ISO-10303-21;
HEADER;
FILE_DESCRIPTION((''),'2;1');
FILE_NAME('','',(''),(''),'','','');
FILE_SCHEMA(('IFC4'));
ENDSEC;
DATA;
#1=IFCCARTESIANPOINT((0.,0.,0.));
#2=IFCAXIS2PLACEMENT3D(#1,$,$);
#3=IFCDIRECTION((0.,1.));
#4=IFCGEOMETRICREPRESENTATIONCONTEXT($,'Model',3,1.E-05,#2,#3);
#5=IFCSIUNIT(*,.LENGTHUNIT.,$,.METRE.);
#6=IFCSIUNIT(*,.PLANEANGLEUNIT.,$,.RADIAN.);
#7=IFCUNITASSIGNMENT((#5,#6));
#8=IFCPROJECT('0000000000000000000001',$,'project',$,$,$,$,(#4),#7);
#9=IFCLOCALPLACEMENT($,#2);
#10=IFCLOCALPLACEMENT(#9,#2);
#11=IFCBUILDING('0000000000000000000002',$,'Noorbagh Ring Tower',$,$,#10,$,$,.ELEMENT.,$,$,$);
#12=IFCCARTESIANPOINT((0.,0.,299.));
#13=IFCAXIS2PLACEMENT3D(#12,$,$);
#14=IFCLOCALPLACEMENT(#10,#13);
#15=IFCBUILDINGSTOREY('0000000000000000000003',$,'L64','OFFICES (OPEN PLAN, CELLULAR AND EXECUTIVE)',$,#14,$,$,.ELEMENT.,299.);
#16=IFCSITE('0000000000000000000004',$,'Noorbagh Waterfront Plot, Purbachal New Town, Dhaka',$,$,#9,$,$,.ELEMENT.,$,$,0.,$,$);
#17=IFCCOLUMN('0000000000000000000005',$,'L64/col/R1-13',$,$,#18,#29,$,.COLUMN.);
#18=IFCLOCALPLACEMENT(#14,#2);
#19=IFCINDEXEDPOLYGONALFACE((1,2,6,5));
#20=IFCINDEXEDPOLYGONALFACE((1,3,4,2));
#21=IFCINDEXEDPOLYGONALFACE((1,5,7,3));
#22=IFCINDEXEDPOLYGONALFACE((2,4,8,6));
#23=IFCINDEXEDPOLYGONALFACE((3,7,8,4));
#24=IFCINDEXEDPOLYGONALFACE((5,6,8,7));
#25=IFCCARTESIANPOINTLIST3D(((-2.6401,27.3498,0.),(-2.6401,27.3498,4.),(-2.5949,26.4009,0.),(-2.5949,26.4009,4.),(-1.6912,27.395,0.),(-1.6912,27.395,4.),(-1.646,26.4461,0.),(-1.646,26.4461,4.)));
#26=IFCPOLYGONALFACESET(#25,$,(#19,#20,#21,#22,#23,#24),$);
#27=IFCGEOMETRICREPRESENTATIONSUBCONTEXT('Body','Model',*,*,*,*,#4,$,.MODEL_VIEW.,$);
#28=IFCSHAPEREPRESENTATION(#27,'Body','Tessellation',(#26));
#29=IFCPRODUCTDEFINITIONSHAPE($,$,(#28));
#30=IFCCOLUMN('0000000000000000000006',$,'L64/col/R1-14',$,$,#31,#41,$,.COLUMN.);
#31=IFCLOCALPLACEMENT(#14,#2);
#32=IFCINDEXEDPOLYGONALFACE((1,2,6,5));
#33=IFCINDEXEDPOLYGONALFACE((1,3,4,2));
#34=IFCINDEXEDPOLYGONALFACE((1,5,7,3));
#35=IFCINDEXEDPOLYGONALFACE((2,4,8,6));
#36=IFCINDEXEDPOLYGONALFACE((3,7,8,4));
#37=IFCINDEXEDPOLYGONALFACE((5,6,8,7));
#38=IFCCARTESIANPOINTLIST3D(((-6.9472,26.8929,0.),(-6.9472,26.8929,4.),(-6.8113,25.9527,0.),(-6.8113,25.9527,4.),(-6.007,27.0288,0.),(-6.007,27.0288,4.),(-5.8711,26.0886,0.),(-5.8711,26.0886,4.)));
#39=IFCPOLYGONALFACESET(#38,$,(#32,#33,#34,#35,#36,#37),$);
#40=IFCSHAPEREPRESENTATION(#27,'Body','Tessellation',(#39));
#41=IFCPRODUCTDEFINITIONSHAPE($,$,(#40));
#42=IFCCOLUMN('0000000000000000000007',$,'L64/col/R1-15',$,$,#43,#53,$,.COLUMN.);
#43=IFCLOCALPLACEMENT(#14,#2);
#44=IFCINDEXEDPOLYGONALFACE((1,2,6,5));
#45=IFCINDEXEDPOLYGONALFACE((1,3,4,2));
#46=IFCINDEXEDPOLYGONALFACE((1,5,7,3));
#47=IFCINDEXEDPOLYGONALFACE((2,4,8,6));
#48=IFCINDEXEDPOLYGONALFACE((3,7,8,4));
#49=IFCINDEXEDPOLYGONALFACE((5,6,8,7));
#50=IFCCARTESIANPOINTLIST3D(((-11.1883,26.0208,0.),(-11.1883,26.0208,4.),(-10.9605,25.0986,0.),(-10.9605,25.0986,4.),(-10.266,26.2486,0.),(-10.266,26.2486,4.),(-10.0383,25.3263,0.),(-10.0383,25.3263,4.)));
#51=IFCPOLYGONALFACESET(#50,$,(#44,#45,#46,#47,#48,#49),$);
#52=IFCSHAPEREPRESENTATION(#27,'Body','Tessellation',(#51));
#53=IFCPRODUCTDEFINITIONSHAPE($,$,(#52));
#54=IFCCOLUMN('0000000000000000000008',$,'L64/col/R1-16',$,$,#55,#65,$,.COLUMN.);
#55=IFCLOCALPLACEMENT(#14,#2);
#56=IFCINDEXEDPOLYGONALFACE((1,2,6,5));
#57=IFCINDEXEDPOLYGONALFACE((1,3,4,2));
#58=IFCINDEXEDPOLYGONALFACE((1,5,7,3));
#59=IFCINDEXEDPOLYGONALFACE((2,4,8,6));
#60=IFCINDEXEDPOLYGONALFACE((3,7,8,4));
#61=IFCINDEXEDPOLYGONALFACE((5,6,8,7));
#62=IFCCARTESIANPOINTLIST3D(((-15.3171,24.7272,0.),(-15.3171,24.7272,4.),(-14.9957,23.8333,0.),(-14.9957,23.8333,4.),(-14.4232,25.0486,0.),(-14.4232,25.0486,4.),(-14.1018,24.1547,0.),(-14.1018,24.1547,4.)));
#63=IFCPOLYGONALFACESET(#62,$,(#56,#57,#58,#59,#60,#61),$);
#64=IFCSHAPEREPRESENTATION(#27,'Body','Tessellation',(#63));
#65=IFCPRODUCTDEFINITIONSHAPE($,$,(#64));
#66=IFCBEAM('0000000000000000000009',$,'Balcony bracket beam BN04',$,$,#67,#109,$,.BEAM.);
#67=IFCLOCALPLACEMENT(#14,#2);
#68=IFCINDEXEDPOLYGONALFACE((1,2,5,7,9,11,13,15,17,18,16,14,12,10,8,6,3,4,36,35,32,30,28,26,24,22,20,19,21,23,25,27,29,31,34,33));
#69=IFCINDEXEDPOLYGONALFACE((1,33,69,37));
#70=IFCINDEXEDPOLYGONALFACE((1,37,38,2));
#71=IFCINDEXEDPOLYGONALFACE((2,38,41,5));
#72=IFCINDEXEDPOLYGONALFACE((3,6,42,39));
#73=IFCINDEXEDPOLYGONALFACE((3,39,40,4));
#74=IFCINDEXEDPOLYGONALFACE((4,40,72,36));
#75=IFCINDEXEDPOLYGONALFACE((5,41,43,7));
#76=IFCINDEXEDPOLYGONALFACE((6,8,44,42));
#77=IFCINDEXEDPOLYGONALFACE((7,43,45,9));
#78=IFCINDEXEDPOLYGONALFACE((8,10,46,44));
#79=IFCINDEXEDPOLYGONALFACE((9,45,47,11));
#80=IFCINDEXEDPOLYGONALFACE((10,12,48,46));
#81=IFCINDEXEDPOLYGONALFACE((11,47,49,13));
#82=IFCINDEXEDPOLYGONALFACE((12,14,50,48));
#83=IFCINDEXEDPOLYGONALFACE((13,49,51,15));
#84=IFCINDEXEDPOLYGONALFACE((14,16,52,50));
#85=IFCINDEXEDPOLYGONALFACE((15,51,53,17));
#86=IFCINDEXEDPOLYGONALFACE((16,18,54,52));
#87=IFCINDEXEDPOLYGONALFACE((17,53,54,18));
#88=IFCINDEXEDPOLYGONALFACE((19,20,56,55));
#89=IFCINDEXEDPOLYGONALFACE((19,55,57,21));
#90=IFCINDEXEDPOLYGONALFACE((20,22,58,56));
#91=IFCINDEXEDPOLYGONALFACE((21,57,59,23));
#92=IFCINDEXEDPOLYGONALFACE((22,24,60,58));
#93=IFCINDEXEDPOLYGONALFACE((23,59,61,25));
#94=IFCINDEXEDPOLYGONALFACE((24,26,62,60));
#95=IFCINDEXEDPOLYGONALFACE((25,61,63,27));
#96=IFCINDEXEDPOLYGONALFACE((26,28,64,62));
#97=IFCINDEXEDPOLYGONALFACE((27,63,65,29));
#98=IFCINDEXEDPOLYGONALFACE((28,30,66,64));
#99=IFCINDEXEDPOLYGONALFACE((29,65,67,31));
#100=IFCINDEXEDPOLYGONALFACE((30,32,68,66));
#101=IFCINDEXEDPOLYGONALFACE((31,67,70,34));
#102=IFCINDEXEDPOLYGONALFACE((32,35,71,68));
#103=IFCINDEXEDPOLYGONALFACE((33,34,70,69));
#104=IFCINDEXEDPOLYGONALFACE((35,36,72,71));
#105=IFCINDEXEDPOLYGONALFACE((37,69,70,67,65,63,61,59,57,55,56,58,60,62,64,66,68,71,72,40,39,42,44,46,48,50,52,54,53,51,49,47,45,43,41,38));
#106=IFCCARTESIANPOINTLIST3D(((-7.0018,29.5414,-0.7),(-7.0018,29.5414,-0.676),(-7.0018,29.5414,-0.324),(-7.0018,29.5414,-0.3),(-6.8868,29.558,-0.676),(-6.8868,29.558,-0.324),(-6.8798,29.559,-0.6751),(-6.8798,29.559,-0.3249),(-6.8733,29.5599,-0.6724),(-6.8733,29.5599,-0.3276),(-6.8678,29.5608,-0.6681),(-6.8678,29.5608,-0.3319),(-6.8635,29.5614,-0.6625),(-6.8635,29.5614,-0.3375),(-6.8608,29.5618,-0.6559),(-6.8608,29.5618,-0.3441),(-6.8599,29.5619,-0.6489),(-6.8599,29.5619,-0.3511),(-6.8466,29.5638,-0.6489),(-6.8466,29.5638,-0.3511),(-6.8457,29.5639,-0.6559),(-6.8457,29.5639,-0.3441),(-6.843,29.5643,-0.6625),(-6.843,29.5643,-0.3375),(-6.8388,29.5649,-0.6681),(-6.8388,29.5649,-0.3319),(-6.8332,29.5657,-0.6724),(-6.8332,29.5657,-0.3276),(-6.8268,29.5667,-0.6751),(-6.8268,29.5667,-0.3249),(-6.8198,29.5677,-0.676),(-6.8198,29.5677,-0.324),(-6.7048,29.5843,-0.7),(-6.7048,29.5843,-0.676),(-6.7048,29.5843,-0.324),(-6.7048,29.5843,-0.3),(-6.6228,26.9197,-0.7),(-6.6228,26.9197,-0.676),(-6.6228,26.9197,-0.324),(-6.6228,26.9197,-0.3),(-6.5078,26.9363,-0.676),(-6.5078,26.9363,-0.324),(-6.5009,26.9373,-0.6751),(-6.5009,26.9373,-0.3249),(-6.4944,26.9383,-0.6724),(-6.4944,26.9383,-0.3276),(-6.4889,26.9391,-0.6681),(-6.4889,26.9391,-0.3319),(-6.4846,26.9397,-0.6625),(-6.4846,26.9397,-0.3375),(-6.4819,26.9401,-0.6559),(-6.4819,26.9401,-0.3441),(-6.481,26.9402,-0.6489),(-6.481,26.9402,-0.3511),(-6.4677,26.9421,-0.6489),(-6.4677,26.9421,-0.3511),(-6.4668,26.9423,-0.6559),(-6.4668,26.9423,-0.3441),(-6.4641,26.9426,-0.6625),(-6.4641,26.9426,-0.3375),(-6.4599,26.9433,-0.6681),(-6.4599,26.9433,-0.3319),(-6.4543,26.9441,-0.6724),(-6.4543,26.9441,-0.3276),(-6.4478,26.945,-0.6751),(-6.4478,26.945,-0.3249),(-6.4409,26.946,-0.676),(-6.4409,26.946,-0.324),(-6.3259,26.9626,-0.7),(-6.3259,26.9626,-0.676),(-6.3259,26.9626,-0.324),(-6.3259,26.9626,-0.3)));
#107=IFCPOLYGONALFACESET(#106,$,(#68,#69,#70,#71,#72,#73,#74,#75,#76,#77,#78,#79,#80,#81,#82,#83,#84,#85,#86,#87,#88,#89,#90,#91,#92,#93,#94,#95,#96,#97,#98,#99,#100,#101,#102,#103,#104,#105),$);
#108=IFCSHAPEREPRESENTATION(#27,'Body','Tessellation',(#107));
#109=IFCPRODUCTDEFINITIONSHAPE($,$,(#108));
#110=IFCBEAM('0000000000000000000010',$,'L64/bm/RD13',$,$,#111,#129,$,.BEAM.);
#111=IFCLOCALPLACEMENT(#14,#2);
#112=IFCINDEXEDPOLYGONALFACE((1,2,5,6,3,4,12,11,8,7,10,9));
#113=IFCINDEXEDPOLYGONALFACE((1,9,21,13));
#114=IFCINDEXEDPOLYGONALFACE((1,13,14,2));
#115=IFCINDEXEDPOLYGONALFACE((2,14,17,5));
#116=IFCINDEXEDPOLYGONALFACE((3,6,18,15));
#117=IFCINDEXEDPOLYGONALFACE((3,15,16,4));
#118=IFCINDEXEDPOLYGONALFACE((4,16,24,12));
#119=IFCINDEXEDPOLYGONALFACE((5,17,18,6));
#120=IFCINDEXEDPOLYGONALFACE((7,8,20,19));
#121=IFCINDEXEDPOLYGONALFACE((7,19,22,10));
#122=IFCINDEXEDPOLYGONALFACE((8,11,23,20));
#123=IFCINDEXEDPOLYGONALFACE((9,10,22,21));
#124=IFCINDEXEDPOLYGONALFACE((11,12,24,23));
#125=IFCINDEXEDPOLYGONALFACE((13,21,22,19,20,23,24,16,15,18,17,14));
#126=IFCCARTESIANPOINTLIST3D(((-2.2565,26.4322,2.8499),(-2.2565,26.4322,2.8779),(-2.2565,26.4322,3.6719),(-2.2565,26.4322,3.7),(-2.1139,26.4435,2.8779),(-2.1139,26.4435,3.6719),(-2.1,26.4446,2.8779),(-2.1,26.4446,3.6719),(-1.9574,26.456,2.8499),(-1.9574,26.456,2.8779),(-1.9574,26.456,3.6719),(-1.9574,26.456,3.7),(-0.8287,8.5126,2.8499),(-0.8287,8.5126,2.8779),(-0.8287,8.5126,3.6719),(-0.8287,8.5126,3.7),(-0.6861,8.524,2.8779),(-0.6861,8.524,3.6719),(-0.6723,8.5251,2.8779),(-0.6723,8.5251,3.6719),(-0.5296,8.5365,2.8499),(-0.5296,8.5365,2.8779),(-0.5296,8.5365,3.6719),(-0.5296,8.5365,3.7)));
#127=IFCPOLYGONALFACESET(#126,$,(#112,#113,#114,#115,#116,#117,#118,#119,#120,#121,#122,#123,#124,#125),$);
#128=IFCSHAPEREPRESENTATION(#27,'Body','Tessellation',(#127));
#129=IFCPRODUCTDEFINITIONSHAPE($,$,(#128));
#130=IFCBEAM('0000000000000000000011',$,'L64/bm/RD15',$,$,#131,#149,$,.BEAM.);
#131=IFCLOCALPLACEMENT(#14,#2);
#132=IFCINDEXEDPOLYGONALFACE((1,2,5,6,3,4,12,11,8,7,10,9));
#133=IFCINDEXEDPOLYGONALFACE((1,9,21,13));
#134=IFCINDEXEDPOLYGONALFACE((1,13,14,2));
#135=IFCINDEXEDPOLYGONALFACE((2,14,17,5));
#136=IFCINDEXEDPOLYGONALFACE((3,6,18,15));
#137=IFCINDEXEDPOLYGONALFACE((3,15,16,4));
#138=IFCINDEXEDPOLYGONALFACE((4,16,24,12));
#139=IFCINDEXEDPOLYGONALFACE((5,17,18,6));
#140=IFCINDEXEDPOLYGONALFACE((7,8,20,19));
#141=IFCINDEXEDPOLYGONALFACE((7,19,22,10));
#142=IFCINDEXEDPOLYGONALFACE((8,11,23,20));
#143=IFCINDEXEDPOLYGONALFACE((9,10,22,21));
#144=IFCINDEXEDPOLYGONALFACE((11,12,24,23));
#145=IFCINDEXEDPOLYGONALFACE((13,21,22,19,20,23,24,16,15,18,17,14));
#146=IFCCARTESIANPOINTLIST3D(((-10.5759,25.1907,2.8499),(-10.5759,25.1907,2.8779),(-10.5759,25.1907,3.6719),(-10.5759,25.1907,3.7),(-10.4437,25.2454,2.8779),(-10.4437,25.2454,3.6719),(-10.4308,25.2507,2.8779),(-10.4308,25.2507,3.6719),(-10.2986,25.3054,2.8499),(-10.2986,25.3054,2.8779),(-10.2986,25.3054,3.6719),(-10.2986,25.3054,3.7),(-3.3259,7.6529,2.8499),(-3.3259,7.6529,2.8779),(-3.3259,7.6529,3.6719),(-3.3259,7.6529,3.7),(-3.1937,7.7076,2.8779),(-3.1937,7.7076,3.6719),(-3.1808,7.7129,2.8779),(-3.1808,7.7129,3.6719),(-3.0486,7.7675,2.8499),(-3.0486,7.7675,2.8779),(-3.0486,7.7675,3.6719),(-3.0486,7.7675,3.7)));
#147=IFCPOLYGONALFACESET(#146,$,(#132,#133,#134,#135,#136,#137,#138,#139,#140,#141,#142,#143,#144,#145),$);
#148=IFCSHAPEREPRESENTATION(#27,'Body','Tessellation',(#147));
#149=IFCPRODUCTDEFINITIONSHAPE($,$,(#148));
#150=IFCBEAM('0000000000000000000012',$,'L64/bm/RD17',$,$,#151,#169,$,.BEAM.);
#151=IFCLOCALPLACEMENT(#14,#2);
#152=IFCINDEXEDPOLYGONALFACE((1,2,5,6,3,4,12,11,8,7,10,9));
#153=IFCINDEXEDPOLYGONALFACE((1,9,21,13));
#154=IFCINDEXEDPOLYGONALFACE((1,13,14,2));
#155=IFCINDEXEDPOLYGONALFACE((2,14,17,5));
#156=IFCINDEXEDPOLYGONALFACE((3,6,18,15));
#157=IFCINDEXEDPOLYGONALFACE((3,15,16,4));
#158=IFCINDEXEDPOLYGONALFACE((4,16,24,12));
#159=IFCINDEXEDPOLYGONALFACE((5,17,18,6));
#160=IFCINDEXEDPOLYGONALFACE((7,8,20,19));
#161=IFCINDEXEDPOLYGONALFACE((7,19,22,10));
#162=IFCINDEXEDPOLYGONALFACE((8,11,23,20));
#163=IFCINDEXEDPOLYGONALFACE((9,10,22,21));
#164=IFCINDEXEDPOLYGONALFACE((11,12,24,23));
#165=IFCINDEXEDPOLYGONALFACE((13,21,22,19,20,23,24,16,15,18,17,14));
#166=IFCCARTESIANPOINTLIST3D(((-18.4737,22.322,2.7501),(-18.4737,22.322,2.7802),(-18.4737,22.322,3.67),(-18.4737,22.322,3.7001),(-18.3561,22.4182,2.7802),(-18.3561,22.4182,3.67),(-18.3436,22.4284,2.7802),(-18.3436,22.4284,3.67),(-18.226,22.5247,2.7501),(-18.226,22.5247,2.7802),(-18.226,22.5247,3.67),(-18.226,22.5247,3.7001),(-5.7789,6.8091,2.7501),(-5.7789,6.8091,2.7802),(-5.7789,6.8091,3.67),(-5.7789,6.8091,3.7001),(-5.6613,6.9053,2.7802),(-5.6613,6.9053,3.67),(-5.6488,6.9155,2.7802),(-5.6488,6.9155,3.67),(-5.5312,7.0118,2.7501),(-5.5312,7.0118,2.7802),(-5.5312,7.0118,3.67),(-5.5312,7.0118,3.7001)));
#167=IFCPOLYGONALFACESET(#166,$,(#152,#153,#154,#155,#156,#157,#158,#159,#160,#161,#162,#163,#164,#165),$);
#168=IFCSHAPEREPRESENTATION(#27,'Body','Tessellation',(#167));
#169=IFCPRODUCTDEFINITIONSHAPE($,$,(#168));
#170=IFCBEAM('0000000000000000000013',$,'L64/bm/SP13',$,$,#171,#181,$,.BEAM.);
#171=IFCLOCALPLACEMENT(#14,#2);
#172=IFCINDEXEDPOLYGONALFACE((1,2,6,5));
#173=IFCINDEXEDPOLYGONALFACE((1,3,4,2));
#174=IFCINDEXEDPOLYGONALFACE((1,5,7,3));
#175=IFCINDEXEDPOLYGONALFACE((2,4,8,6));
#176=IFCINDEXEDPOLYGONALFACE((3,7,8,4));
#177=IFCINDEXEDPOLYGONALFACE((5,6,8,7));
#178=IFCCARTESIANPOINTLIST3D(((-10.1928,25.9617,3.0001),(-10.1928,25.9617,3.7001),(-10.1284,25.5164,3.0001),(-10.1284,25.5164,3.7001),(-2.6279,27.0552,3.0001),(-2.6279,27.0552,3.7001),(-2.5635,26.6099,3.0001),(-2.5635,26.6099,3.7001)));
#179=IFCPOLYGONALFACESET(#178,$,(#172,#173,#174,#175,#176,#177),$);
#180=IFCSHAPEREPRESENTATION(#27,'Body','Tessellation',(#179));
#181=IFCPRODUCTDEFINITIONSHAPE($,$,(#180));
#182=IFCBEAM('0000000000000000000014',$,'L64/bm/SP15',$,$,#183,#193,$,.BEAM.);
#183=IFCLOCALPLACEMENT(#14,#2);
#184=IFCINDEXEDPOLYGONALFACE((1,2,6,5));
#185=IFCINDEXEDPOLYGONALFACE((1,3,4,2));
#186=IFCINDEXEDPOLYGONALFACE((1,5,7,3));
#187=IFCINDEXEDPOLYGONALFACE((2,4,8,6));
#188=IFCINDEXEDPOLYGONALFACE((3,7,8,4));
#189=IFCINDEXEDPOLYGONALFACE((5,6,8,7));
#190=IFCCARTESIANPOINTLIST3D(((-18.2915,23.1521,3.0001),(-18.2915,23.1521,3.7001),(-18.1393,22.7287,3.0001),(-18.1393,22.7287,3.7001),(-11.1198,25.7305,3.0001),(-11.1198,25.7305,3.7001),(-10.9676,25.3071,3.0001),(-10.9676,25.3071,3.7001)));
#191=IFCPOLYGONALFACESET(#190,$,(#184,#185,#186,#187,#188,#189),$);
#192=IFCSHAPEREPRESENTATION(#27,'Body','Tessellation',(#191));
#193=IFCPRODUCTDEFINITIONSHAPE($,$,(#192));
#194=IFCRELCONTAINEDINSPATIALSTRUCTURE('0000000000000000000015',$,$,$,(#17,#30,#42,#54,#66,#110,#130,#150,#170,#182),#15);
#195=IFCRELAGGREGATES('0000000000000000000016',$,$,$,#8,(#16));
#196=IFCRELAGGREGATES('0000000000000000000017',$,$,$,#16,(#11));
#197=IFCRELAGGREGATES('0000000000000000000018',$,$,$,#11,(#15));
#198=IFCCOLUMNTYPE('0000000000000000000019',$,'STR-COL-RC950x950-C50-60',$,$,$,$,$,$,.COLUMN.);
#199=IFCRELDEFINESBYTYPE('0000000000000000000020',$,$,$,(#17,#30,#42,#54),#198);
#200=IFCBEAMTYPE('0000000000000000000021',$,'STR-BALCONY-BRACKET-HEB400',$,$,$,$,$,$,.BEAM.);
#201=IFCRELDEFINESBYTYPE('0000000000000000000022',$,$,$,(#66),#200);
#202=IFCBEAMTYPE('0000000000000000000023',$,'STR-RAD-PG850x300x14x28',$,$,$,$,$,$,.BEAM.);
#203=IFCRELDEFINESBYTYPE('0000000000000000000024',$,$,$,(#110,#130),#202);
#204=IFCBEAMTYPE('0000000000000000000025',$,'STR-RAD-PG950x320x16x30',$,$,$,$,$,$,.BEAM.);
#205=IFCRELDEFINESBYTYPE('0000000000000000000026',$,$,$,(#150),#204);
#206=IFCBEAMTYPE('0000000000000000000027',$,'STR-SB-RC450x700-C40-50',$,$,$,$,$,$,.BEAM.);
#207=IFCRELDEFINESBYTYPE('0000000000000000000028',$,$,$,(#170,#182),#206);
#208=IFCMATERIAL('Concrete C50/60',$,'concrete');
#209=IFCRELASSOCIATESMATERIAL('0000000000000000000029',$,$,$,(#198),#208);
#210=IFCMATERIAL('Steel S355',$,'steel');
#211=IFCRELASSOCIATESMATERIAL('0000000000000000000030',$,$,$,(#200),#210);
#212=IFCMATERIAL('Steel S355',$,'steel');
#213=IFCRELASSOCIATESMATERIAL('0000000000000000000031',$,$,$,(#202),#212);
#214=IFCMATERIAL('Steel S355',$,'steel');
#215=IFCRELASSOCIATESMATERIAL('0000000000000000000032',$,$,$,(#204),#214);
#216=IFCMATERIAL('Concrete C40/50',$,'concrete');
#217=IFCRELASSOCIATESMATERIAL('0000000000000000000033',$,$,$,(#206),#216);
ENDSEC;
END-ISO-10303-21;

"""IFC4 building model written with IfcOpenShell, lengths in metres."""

from ifc_helpers import new_model, si_unit, direction, frame, origin, origin_2d, place, context, subcontext, project, spatial, rectangle, i_section, extrude, material, material_profile, profile_set, type_object, element, save


model = new_model("IFC4")

# Units and contexts
model_context = context("Model", 3, precision=1e-05, world=origin(), true_north=direction((0.0, 1.0)))
body_context = subcontext(model_context, "Body", "Model", "MODEL_VIEW")
ifc_project = project(units=[si_unit("LENGTHUNIT", "METRE"), si_unit("PLANEANGLEUNIT", "RADIAN")], contexts=[model_context])

# Site, building, storey
site_placement = place(None, origin())
site = spatial("IfcSite", under=ifc_project, at=site_placement, Name="Noorbagh Waterfront Plot, Purbachal New Town, Dhaka", CompositionType="ELEMENT", RefElevation=0.0)
building_placement = place(site_placement, origin())
building = spatial("IfcBuilding", under=site, at=building_placement, Name="Noorbagh Ring Tower", CompositionType="ELEMENT")
storey_placement = place(building_placement, frame((0.0, 0.0, 299.0)))
storey = spatial("IfcBuildingStorey", under=building, at=storey_placement, Name="L64", Description="OFFICES (OPEN PLAN, CELLULAR AND EXECUTIVE)", CompositionType="ELEMENT", Elevation=299.0)

# Columns
ifc_material_1 = material(Name="Concrete C50/60", Category="concrete")
ifc_material_profile_1 = material_profile(ifc_material_1, rectangle(XDim=0.95, YDim=0.95, at=origin_2d()), Name="RC950x950")
ifc_profile_set_1 = profile_set([ifc_material_profile_1], Name="Concrete C50/60")
column_type = type_object("IfcColumnType", Name="STR-COL-RC950x950-C50-60", PredefinedType="COLUMN", material=ifc_profile_set_1)
for number, where, z_axis, x_axis, name in (
    (1, (-2.1431, 26.8979, 0.0), (0.0, 0.0, 1.0), (-0.998869, -0.047553, 0.0), "L64/col/R1-13"),
    (2, (-6.4092, 26.4907, 0.0), (0.0, 0.0, 1.0), (-0.989713, -0.143066, 0.0), "L64/col/R1-14"),
    (3, (-10.6133, 25.6736, 0.0), (0.0, 0.0, 1.0), (-0.970829, -0.239771, 0.0), "L64/col/R1-15"),
    (4, (-14.7095, 24.4409, 0.0), (0.0, 0.0, 1.0), (-0.941025, -0.338338, 0.0), "L64/col/R1-16"),
):
    element("IfcColumn", number, at=place(storey_placement, frame(where, z_axis=z_axis, x_axis=x_axis)), inside=storey, type_object=column_type, Name=name, PredefinedType="COLUMN", context=body_context, shape_type="SweptSolid", body=[
        extrude(rectangle(XDim=0.95, YDim=0.95, at=origin_2d()), origin(), (0.0, 0.0, 1.0), 4.0),
    ])

# Beams
ifc_material_2 = material(Name="Steel S355", Category="steel")
ifc_material_profile_2 = material_profile(ifc_material_2, i_section(OverallWidth=0.3, OverallDepth=0.3999, WebThickness=0.0134, FlangeThickness=0.0239, FilletRadius=0.0271, at=origin_2d()), Name="HEB400")
ifc_profile_set_2 = profile_set([ifc_material_profile_2], Name="Steel S355")
beam_type_1 = type_object("IfcBeamType", Name="STR-BALCONY-BRACKET-HEB400", PredefinedType="BEAM", material=ifc_profile_set_2)
beam_1_placement = place(storey_placement, frame((-6.4744, 26.9412, -0.5), z_axis=(-0.143047, 0.989716, 0.0), x_axis=(-0.989716, -0.143047, 0.0)))
element("IfcBeam", 5, at=beam_1_placement, inside=storey, type_object=beam_type_1, Name="Balcony bracket beam BN04", PredefinedType="BEAM", context=body_context, shape_type="SweptSolid", body=[
    extrude(i_section(OverallWidth=0.3, OverallDepth=0.3999, WebThickness=0.0134, FlangeThickness=0.0239, FilletRadius=0.0271, at=origin_2d()), origin(), (0.0, 0.0, 1.0), 2.6489),
])
ifc_material_3 = material(Name="Steel S355", Category="steel")
ifc_material_profile_3 = material_profile(ifc_material_3, i_section(OverallWidth=0.3, OverallDepth=0.8501, WebThickness=0.0139, FlangeThickness=0.0281, at=origin_2d()), Name="PG850x300x14x28")
ifc_profile_set_3 = profile_set([ifc_material_profile_3], Name="Steel S355")
beam_type_2 = type_object("IfcBeamType", Name="STR-RAD-PG850x300x14x28", PredefinedType="BEAM", material=ifc_profile_set_3)
beam_2_placement = place(storey_placement, frame((-2.1069, 26.4441, 3.2749), z_axis=(0.079423, -0.996841, 0.0), x_axis=(0.996841, 0.079423, 0.0)))
element("IfcBeam", 6, at=beam_2_placement, inside=storey, type_object=beam_type_2, Name="L64/bm/RD13", PredefinedType="BEAM", context=body_context, shape_type="SweptSolid", body=[
    extrude(i_section(OverallWidth=0.3, OverallDepth=0.8501, WebThickness=0.0139, FlangeThickness=0.0281, at=origin_2d()), origin(), (0.0, 0.0, 1.0), 17.9763),
])
beam_3_placement = place(storey_placement, frame((-10.4373, 25.248, 3.2749), z_axis=(0.382035, -0.924148, 0.0), x_axis=(0.924148, 0.382035, 0.0)))
element("IfcBeam", 7, at=beam_3_placement, inside=storey, type_object=beam_type_2, Name="L64/bm/RD15", PredefinedType="BEAM", context=body_context, shape_type="SweptSolid", body=[
    extrude(i_section(OverallWidth=0.3, OverallDepth=0.8501, WebThickness=0.0139, FlangeThickness=0.0281, at=origin_2d()), origin(), (0.0, 0.0, 1.0), 18.9773),
])
ifc_material_4 = material(Name="Steel S355", Category="steel")
ifc_material_profile_4 = material_profile(ifc_material_4, i_section(OverallWidth=0.3201, OverallDepth=0.95, WebThickness=0.0161, FlangeThickness=0.03, at=origin_2d()), Name="PG950x320x16x30")
ifc_profile_set_4 = profile_set([ifc_material_profile_4], Name="Steel S355")
beam_type_3 = type_object("IfcBeamType", Name="STR-RAD-PG950x320x16x30", PredefinedType="BEAM", material=ifc_profile_set_4)
beam_4_placement = place(storey_placement, frame((-18.3499, 22.4233, 3.2251), z_axis=(0.63331, -0.773898, 0.0), x_axis=(0.773898, 0.63331, 0.0)))
element("IfcBeam", 8, at=beam_4_placement, inside=storey, type_object=beam_type_3, Name="L64/bm/RD17", PredefinedType="BEAM", context=body_context, shape_type="SweptSolid", body=[
    extrude(i_section(OverallWidth=0.3201, OverallDepth=0.95, WebThickness=0.0161, FlangeThickness=0.03, at=origin_2d()), origin(), (0.0, 0.0, 1.0), 20.0452),
])
ifc_material_5 = material(Name="Concrete C40/50", Category="concrete")
ifc_material_profile_5 = material_profile(ifc_material_5, rectangle(XDim=0.45, YDim=0.7, at=origin_2d()), Name="RC450x700")
ifc_profile_set_5 = profile_set([ifc_material_profile_5], Name="Concrete C40/50")
beam_type_4 = type_object("IfcBeamType", Name="STR-SB-RC450x700-C40-50", PredefinedType="BEAM", material=ifc_profile_set_5)
beam_5_placement = place(storey_placement, frame((-2.5957, 26.8325, 3.3501), z_axis=(-0.989714, -0.143062, 0.0), x_axis=(0.143062, -0.989714, 0.0)))
element("IfcBeam", 9, at=beam_5_placement, inside=storey, type_object=beam_type_4, Name="L64/bm/SP13", PredefinedType="BEAM", context=body_context, shape_type="SweptSolid", body=[
    extrude(rectangle(XDim=0.45, YDim=0.7, at=origin_2d()), origin(), (0.0, 0.0, 1.0), 7.6436),
])
beam_6_placement = place(storey_placement, frame((-11.0437, 25.5188, 3.3501), z_axis=(-0.94103, -0.338322, 0.0), x_axis=(0.338322, -0.94103, 0.0)))
element("IfcBeam", 10, at=beam_6_placement, inside=storey, type_object=beam_type_4, Name="L64/bm/SP15", PredefinedType="BEAM", context=body_context, shape_type="SweptSolid", body=[
    extrude(rectangle(XDim=0.45, YDim=0.7, at=origin_2d()), origin(), (0.0, 0.0, 1.0), 7.6211),
])

save(model, "model.ifc")
